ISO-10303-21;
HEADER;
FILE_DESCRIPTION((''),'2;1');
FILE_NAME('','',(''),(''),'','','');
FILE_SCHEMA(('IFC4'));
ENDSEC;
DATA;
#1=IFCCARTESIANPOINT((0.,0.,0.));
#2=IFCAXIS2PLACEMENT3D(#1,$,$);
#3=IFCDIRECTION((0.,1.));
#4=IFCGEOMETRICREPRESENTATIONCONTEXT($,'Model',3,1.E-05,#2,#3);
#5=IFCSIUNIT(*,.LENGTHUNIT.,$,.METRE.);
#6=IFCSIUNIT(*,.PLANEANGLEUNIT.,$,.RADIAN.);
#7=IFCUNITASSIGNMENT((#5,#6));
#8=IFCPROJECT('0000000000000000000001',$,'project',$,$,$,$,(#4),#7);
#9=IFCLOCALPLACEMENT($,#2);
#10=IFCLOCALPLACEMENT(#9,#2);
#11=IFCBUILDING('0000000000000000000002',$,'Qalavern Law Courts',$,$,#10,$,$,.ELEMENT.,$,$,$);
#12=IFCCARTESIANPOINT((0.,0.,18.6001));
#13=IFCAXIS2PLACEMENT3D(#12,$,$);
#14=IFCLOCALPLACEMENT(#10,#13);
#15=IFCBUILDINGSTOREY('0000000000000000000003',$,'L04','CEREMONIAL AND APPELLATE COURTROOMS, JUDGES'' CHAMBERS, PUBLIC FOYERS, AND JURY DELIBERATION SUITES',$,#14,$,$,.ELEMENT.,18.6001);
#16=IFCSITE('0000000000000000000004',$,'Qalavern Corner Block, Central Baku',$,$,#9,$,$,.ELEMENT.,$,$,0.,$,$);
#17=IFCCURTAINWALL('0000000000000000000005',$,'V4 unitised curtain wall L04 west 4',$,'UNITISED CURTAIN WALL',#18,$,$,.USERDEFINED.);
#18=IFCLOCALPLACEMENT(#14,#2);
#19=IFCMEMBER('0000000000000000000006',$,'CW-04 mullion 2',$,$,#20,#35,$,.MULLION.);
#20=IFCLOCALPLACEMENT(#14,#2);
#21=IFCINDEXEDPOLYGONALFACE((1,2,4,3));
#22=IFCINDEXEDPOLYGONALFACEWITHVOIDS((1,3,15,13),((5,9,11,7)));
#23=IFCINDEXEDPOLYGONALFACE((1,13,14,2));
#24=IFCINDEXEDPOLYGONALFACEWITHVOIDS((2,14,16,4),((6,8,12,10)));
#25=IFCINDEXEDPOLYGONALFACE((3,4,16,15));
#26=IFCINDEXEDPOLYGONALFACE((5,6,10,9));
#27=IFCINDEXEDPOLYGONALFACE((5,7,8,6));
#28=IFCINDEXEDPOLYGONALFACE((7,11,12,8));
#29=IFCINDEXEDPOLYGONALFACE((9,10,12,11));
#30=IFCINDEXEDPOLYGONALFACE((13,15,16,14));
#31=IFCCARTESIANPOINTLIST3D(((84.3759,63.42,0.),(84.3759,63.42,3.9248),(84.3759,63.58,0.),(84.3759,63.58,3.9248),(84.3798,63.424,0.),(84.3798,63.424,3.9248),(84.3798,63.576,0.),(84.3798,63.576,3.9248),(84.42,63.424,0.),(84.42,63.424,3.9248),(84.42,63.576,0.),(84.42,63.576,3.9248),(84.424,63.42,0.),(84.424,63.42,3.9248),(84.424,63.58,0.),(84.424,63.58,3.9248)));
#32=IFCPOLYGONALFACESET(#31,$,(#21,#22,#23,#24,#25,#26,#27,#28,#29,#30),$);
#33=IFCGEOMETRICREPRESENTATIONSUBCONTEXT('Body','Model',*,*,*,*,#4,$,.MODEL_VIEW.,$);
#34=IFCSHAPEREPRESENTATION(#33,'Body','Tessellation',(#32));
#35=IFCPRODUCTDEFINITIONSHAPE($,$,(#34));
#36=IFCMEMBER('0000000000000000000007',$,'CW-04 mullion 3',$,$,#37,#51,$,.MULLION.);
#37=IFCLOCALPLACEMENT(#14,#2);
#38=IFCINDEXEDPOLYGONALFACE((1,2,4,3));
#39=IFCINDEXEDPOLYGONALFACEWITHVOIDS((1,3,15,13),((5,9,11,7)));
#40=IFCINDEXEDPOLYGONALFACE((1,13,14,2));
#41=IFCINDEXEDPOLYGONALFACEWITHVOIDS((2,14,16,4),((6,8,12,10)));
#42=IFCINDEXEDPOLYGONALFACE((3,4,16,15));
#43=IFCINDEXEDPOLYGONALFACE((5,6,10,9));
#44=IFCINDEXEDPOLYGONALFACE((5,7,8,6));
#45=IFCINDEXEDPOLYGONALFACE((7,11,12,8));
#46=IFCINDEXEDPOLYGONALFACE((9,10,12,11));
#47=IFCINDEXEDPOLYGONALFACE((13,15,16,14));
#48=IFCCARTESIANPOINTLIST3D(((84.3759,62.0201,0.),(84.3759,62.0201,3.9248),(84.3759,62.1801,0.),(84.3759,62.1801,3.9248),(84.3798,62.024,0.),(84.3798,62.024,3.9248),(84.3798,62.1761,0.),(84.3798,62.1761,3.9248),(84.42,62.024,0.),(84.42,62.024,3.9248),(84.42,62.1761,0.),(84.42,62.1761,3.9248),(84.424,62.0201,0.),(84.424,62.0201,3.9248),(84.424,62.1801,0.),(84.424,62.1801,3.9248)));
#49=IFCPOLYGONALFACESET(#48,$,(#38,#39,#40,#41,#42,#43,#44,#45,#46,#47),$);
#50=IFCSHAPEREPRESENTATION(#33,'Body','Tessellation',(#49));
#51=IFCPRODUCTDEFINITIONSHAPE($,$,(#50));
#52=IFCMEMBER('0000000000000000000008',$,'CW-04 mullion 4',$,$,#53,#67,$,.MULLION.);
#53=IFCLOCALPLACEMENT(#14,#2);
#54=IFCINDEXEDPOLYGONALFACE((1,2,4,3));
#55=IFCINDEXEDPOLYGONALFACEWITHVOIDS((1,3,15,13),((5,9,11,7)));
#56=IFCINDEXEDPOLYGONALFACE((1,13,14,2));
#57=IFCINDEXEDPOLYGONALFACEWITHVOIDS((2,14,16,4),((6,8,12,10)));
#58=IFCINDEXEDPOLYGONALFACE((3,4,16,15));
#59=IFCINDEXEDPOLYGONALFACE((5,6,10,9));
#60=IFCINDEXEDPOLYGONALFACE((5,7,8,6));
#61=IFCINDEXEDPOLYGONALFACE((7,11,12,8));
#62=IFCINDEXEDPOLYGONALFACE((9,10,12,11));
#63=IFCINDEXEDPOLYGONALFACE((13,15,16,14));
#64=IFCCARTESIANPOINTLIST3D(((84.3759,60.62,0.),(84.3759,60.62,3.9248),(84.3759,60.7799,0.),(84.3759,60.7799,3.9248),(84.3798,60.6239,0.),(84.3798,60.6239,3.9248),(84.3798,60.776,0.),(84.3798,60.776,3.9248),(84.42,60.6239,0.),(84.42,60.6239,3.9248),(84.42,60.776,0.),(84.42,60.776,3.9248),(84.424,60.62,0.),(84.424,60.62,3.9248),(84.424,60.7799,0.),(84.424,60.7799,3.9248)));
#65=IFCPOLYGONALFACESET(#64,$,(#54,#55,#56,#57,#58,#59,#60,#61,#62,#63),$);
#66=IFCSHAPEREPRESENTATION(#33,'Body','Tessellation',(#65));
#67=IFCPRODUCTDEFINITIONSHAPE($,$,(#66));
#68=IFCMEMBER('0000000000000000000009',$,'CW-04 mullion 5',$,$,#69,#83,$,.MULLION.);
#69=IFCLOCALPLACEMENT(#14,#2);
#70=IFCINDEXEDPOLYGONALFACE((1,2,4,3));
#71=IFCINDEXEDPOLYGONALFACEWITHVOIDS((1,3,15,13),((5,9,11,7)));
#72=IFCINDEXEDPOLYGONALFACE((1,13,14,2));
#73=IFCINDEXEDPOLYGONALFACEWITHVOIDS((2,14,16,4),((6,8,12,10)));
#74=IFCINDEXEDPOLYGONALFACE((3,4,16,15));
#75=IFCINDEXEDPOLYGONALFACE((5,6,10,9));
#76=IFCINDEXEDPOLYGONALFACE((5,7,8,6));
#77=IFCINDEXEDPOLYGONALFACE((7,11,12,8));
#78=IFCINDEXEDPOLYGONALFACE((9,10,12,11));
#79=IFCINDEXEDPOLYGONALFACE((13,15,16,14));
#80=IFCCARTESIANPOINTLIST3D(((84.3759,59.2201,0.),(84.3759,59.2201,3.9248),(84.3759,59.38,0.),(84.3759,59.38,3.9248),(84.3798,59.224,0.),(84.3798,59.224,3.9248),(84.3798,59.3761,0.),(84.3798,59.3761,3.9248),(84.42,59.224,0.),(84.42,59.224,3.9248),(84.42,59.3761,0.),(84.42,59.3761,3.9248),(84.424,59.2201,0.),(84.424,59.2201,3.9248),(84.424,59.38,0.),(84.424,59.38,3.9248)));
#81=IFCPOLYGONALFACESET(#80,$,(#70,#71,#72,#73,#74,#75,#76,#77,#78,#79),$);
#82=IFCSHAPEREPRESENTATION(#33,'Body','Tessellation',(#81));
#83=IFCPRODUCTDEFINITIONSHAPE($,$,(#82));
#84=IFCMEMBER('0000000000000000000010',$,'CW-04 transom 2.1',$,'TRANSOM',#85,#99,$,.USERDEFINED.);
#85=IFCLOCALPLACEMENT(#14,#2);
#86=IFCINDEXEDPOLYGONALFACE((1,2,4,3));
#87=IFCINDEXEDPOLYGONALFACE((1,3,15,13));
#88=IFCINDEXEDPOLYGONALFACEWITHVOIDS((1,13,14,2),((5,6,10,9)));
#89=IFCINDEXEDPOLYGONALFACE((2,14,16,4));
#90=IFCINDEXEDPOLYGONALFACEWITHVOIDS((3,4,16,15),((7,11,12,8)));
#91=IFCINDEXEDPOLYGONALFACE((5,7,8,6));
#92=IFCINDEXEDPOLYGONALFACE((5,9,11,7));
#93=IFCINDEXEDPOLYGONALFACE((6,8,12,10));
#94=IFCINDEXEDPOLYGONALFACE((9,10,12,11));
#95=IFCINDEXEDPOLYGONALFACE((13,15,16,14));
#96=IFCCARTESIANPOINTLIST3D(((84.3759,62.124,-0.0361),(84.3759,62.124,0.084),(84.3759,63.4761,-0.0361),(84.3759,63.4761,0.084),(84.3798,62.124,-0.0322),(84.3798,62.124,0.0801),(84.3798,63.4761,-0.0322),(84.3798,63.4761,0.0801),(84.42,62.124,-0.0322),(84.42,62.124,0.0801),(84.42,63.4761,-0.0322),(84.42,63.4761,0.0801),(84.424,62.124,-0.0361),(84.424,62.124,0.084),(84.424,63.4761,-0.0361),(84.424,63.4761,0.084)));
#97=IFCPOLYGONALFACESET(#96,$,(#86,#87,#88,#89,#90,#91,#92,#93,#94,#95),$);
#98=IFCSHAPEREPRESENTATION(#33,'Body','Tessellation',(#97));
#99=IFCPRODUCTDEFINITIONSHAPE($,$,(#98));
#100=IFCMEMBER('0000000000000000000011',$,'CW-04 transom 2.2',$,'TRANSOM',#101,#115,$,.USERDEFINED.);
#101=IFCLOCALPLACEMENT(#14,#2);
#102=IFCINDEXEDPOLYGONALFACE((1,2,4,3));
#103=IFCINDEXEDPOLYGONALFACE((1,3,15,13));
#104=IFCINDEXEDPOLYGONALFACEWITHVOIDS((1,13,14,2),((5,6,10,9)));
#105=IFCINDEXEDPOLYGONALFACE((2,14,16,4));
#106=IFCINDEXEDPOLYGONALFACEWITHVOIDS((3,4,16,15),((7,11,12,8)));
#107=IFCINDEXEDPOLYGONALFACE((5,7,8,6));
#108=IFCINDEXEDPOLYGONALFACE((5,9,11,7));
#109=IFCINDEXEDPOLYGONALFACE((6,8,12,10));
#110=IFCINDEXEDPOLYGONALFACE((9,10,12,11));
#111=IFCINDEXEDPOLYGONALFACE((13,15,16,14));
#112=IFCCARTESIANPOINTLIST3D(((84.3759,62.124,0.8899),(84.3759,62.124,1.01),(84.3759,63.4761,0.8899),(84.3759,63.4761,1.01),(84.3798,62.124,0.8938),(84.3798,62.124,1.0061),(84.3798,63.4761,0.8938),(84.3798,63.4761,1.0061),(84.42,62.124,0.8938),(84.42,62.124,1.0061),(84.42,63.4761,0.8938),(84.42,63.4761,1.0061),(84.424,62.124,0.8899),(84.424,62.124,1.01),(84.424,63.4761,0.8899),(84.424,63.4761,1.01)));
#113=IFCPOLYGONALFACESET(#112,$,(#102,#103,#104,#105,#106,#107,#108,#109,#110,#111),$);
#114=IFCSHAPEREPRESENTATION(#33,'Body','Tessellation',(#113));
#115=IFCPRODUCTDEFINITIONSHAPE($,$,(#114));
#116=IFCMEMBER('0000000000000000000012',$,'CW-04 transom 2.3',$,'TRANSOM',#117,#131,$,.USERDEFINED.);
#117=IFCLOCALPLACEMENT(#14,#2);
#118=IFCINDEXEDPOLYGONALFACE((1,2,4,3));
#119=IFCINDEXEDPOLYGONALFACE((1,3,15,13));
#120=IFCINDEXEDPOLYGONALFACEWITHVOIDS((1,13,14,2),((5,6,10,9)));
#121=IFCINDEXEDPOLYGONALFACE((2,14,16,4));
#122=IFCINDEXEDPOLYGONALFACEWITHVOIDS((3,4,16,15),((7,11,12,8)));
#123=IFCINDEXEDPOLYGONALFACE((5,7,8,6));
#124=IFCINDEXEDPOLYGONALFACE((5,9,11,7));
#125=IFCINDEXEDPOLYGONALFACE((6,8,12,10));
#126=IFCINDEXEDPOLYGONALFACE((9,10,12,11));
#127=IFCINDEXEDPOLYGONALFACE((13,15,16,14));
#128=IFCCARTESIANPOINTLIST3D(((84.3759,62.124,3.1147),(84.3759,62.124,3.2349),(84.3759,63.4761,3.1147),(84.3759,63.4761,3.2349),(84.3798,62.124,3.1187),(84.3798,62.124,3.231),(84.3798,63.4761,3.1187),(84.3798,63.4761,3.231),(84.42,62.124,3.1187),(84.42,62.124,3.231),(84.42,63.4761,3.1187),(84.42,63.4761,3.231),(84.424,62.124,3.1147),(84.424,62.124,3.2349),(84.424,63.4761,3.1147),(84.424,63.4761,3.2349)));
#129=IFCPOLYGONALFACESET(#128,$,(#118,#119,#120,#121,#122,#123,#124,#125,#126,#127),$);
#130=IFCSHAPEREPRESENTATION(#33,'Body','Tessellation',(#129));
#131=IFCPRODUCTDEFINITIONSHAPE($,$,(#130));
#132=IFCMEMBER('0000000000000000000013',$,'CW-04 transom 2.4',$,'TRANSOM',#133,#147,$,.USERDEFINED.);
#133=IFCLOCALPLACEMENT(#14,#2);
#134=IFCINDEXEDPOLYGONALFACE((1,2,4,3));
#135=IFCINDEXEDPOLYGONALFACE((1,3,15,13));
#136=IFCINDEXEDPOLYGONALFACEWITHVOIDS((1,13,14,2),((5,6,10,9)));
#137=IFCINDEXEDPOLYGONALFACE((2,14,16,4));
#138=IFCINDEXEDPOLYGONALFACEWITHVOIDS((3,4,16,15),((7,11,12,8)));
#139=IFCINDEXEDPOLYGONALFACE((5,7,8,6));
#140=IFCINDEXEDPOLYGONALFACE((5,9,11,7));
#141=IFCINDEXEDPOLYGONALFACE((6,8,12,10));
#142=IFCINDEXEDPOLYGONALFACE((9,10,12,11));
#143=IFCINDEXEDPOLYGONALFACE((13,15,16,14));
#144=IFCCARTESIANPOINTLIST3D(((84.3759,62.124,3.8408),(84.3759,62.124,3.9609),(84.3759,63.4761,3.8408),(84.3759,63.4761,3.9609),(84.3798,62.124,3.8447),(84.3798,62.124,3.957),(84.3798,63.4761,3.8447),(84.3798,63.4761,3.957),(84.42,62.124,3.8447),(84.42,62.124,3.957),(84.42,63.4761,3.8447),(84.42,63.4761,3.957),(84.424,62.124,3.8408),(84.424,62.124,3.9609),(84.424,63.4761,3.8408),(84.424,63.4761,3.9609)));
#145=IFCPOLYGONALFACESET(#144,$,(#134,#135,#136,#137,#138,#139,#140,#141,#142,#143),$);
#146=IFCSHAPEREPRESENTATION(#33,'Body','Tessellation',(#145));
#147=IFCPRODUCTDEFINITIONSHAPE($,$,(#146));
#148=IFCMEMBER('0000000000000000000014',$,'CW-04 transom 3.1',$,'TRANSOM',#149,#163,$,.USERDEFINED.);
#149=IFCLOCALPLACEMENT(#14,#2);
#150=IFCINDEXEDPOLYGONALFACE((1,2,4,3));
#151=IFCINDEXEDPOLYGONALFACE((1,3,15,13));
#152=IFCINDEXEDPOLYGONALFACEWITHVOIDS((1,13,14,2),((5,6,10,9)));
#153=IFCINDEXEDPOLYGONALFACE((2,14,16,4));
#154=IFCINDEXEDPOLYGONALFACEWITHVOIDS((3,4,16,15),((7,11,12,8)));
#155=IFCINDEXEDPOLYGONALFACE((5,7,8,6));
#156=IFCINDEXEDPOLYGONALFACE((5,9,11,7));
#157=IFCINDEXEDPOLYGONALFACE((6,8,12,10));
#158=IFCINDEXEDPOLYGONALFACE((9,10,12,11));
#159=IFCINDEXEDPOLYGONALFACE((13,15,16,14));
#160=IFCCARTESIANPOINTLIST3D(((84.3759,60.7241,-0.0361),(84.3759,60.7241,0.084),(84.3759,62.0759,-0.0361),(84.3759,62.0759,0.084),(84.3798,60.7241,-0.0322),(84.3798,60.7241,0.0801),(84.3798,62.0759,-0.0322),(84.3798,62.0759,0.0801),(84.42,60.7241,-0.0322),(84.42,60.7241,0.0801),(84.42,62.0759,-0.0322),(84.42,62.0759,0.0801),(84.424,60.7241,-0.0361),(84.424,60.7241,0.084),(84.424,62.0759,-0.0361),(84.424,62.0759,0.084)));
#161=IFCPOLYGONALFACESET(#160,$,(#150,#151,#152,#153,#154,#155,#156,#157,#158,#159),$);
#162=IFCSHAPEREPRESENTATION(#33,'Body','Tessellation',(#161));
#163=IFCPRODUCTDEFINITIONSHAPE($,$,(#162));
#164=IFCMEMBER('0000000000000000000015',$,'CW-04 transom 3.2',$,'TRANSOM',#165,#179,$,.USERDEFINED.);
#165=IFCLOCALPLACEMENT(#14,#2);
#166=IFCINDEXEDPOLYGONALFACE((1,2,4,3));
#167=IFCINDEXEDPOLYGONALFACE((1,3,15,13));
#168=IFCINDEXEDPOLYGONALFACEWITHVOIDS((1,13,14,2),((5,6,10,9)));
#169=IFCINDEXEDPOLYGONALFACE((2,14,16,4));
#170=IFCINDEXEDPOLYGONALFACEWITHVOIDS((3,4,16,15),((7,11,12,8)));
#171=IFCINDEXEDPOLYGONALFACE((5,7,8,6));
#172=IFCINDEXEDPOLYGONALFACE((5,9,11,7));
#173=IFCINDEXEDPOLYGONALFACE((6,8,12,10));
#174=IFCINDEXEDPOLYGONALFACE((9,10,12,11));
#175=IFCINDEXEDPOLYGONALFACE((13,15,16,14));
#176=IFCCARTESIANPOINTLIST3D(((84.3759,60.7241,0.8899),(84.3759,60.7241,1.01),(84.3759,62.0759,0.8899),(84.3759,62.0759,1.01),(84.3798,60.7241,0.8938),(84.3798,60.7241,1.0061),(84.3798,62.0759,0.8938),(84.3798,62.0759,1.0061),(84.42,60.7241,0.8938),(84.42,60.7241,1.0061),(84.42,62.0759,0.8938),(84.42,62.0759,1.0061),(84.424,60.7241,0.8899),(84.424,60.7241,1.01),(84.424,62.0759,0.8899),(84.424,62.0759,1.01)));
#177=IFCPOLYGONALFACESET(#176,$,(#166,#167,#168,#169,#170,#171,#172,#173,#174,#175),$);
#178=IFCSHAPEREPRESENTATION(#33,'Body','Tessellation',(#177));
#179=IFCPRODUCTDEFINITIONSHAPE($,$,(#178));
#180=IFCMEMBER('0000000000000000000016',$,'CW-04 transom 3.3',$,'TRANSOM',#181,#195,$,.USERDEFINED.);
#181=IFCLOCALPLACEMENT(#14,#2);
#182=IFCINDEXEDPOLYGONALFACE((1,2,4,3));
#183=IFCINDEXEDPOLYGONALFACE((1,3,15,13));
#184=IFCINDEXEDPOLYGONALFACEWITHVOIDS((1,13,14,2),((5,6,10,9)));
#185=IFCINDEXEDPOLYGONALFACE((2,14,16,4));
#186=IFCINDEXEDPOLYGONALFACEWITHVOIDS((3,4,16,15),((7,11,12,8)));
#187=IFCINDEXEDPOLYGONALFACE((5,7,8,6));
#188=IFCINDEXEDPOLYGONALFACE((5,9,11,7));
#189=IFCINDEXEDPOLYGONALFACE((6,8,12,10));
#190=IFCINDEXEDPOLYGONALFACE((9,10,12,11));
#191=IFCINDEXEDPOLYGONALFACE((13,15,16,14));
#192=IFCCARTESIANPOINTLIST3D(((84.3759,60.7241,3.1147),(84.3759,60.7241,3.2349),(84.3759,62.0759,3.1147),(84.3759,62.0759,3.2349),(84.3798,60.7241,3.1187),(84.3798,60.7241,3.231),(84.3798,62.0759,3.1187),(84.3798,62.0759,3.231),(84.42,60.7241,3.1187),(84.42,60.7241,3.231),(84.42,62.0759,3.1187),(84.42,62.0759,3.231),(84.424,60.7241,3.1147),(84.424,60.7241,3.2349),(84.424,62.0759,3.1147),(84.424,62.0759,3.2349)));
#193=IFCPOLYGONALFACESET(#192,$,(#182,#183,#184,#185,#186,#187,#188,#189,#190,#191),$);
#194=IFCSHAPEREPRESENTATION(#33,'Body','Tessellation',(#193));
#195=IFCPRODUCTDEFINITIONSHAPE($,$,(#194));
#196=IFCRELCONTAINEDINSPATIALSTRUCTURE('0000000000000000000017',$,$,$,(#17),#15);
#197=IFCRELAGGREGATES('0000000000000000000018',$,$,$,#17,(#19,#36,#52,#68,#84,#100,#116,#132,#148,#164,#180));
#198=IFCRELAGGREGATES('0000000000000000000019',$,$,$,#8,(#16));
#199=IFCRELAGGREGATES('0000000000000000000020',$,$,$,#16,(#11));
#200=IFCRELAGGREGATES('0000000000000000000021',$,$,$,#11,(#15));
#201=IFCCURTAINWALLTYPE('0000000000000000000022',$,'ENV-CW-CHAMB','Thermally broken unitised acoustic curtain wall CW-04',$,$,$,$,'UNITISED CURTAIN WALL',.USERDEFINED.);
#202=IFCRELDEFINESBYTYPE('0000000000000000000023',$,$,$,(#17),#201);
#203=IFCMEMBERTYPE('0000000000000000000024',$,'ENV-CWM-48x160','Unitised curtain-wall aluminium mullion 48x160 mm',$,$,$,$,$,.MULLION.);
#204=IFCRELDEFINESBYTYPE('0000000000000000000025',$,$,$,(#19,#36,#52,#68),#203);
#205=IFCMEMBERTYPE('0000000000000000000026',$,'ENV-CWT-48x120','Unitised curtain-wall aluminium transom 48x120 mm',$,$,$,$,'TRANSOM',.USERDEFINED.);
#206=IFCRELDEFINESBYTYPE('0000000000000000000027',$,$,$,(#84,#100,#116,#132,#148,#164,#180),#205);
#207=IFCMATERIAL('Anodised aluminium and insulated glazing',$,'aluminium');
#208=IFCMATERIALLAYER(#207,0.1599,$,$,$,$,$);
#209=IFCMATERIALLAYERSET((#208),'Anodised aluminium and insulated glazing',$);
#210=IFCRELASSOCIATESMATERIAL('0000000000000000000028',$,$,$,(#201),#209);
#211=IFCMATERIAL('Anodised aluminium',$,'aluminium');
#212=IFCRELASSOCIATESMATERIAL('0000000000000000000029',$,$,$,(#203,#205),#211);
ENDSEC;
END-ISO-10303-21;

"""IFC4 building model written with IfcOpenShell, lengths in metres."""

from ifc_helpers import new_model, si_unit, direction, frame, origin, origin_2d, place, context, subcontext, project, spatial, hollow_rectangle, extrude, material, layer, layer_set, material_profile, profile_set, type_object, element, aggregate, save


model = new_model("IFC4")

# Units and contexts
model_context = context("Model", 3, precision=1e-05, world=origin(), true_north=direction((0.0, 1.0)))
body_context = subcontext(model_context, "Body", "Model", "MODEL_VIEW")
ifc_project = project(units=[si_unit("LENGTHUNIT", "METRE"), si_unit("PLANEANGLEUNIT", "RADIAN")], contexts=[model_context])

# Site, building, storey
site_placement = place(None, origin())
site = spatial("IfcSite", under=ifc_project, at=site_placement, Name="Qalavern Corner Block, Central Baku", CompositionType="ELEMENT", RefElevation=0.0)
building_placement = place(site_placement, origin())
building = spatial("IfcBuilding", under=site, at=building_placement, Name="Qalavern Law Courts", CompositionType="ELEMENT")
storey_placement = place(building_placement, frame((0.0, 0.0, 18.6001)))
storey = spatial("IfcBuildingStorey", under=building, at=storey_placement, Name="L04", Description="CEREMONIAL AND APPELLATE COURTROOMS, JUDGES' CHAMBERS, PUBLIC FOYERS, AND JURY DELIBERATION SUITES", CompositionType="ELEMENT", Elevation=18.6001)

# Curtain wall, members
ifc_material_1 = material(Name="Anodised aluminium and insulated glazing", Category="aluminium")
ifc_layer_1 = layer(ifc_material_1, 0.1599)
ifc_layer_set_1 = layer_set([ifc_layer_1], Name="Anodised aluminium and insulated glazing")
curtain_wall_type = type_object("IfcCurtainWallType", Name="ENV-CW-CHAMB", Description="Thermally broken unitised acoustic curtain wall CW-04", ElementType="UNITISED CURTAIN WALL", PredefinedType="USERDEFINED", material=ifc_layer_set_1)
curtain_wall_placement = place(storey_placement, origin())
curtain_wall = element("IfcCurtainWall", 1, at=curtain_wall_placement, inside=storey, type_object=curtain_wall_type, Name="V4 unitised curtain wall L04 west 4", ObjectType="UNITISED CURTAIN WALL", PredefinedType="USERDEFINED")
ifc_material_2 = material(Name="Anodised aluminium", Category="aluminium")
ifc_material_profile_1 = material_profile(ifc_material_2, hollow_rectangle(XDim=0.0481, YDim=0.1599, WallThickness=0.0039, at=origin_2d()), Name="ALU MULLION 48x160")
ifc_profile_set_1 = profile_set([ifc_material_profile_1], Name="Anodised aluminium")
member_type_1 = type_object("IfcMemberType", Name="ENV-CWM-48x160", Description="Unitised curtain-wall aluminium mullion 48x160 mm", PredefinedType="MULLION", material=ifc_profile_set_1)
member_1_placement = place(storey_placement, frame((84.3999, 63.5, 0.0), z_axis=(0.0, 0.0, 1.0), x_axis=(1.0, 0.0, 0.0)))
member_1 = element("IfcMember", 2, at=member_1_placement, type_object=member_type_1, Name="CW-04 mullion 2", PredefinedType="MULLION", context=body_context, shape_type="SweptSolid", body=[
    extrude(hollow_rectangle(XDim=0.0481, YDim=0.1599, WallThickness=0.0039, at=origin_2d()), origin(), (0.0, 0.0, 1.0), 3.9248),
])
member_2_placement = place(storey_placement, frame((84.3999, 62.1001, 0.0), z_axis=(0.0, 0.0, 1.0), x_axis=(1.0, 0.0, 0.0)))
member_2 = element("IfcMember", 3, at=member_2_placement, type_object=member_type_1, Name="CW-04 mullion 3", PredefinedType="MULLION", context=body_context, shape_type="SweptSolid", body=[
    extrude(hollow_rectangle(XDim=0.0481, YDim=0.1599, WallThickness=0.0039, at=origin_2d()), origin(), (0.0, 0.0, 1.0), 3.9248),
])
member_3_placement = place(storey_placement, frame((84.3999, 60.7, 0.0), z_axis=(0.0, 0.0, 1.0), x_axis=(1.0, 0.0, 0.0)))
member_3 = element("IfcMember", 4, at=member_3_placement, type_object=member_type_1, Name="CW-04 mullion 4", PredefinedType="MULLION", context=body_context, shape_type="SweptSolid", body=[
    extrude(hollow_rectangle(XDim=0.0481, YDim=0.1599, WallThickness=0.0039, at=origin_2d()), origin(), (0.0, 0.0, 1.0), 3.9248),
])
member_4_placement = place(storey_placement, frame((84.3999, 59.3, 0.0), z_axis=(0.0, 0.0, 1.0), x_axis=(1.0, 0.0, 0.0)))
member_4 = element("IfcMember", 5, at=member_4_placement, type_object=member_type_1, Name="CW-04 mullion 5", PredefinedType="MULLION", context=body_context, shape_type="SweptSolid", body=[
    extrude(hollow_rectangle(XDim=0.0481, YDim=0.1599, WallThickness=0.0039, at=origin_2d()), origin(), (0.0, 0.0, 1.0), 3.9248),
])
ifc_material_profile_2 = material_profile(ifc_material_2, hollow_rectangle(XDim=0.0481, YDim=0.1201, WallThickness=0.0039, at=origin_2d()), Name="ALU TRANSOM 48x120")
ifc_profile_set_2 = profile_set([ifc_material_profile_2], Name="Anodised aluminium")
member_type_2 = type_object("IfcMemberType", Name="ENV-CWT-48x120", Description="Unitised curtain-wall aluminium transom 48x120 mm", ElementType="TRANSOM", PredefinedType="USERDEFINED", material=ifc_profile_set_2)
member_5_placement = place(storey_placement, frame((84.3999, 63.4761, 0.0239), z_axis=(0.0, -1.0, 0.0), x_axis=(1.0, 0.0, 0.0)))
member_5 = element("IfcMember", 6, at=member_5_placement, type_object=member_type_2, Name="CW-04 transom 2.1", ObjectType="TRANSOM", PredefinedType="USERDEFINED", context=body_context, shape_type="SweptSolid", body=[
    extrude(hollow_rectangle(XDim=0.0481, YDim=0.1201, WallThickness=0.0039, at=origin_2d()), origin(), (0.0, 0.0, 1.0), 1.3521),
])
member_6_placement = place(storey_placement, frame((84.3999, 63.4761, 0.95), z_axis=(0.0, -1.0, 0.0), x_axis=(1.0, 0.0, 0.0)))
member_6 = element("IfcMember", 7, at=member_6_placement, type_object=member_type_2, Name="CW-04 transom 2.2", ObjectType="TRANSOM", PredefinedType="USERDEFINED", context=body_context, shape_type="SweptSolid", body=[
    extrude(hollow_rectangle(XDim=0.0481, YDim=0.1201, WallThickness=0.0039, at=origin_2d()), origin(), (0.0, 0.0, 1.0), 1.3521),
])
member_7_placement = place(storey_placement, frame((84.3999, 63.4761, 3.1748), z_axis=(0.0, -1.0, 0.0), x_axis=(1.0, 0.0, 0.0)))
member_7 = element("IfcMember", 8, at=member_7_placement, type_object=member_type_2, Name="CW-04 transom 2.3", ObjectType="TRANSOM", PredefinedType="USERDEFINED", context=body_context, shape_type="SweptSolid", body=[
    extrude(hollow_rectangle(XDim=0.0481, YDim=0.1201, WallThickness=0.0039, at=origin_2d()), origin(), (0.0, 0.0, 1.0), 1.3521),
])
member_8_placement = place(storey_placement, frame((84.3999, 63.4761, 3.9009), z_axis=(0.0, -1.0, 0.0), x_axis=(1.0, 0.0, 0.0)))
member_8 = element("IfcMember", 9, at=member_8_placement, type_object=member_type_2, Name="CW-04 transom 2.4", ObjectType="TRANSOM", PredefinedType="USERDEFINED", context=body_context, shape_type="SweptSolid", body=[
    extrude(hollow_rectangle(XDim=0.0481, YDim=0.1201, WallThickness=0.0039, at=origin_2d()), origin(), (0.0, 0.0, 1.0), 1.3521),
])
member_9_placement = place(storey_placement, frame((84.3999, 62.0759, 0.0239), z_axis=(0.0, -1.0, 0.0), x_axis=(1.0, 0.0, 0.0)))
member_9 = element("IfcMember", 10, at=member_9_placement, type_object=member_type_2, Name="CW-04 transom 3.1", ObjectType="TRANSOM", PredefinedType="USERDEFINED", context=body_context, shape_type="SweptSolid", body=[
    extrude(hollow_rectangle(XDim=0.0481, YDim=0.1201, WallThickness=0.0039, at=origin_2d()), origin(), (0.0, 0.0, 1.0), 1.3518),
])
member_10_placement = place(storey_placement, frame((84.3999, 62.0759, 0.95), z_axis=(0.0, -1.0, 0.0), x_axis=(1.0, 0.0, 0.0)))
member_10 = element("IfcMember", 11, at=member_10_placement, type_object=member_type_2, Name="CW-04 transom 3.2", ObjectType="TRANSOM", PredefinedType="USERDEFINED", context=body_context, shape_type="SweptSolid", body=[
    extrude(hollow_rectangle(XDim=0.0481, YDim=0.1201, WallThickness=0.0039, at=origin_2d()), origin(), (0.0, 0.0, 1.0), 1.3518),
])
member_11_placement = place(storey_placement, frame((84.3999, 62.0759, 3.1748), z_axis=(0.0, -1.0, 0.0), x_axis=(1.0, 0.0, 0.0)))
member_11 = element("IfcMember", 12, at=member_11_placement, type_object=member_type_2, Name="CW-04 transom 3.3", ObjectType="TRANSOM", PredefinedType="USERDEFINED", context=body_context, shape_type="SweptSolid", body=[
    extrude(hollow_rectangle(XDim=0.0481, YDim=0.1201, WallThickness=0.0039, at=origin_2d()), origin(), (0.0, 0.0, 1.0), 1.3518),
])
aggregate(curtain_wall, [member_1, member_2, member_3, member_4, member_5, member_6, member_7, member_8, member_9, member_10, member_11])

save(model, "model.ifc")
